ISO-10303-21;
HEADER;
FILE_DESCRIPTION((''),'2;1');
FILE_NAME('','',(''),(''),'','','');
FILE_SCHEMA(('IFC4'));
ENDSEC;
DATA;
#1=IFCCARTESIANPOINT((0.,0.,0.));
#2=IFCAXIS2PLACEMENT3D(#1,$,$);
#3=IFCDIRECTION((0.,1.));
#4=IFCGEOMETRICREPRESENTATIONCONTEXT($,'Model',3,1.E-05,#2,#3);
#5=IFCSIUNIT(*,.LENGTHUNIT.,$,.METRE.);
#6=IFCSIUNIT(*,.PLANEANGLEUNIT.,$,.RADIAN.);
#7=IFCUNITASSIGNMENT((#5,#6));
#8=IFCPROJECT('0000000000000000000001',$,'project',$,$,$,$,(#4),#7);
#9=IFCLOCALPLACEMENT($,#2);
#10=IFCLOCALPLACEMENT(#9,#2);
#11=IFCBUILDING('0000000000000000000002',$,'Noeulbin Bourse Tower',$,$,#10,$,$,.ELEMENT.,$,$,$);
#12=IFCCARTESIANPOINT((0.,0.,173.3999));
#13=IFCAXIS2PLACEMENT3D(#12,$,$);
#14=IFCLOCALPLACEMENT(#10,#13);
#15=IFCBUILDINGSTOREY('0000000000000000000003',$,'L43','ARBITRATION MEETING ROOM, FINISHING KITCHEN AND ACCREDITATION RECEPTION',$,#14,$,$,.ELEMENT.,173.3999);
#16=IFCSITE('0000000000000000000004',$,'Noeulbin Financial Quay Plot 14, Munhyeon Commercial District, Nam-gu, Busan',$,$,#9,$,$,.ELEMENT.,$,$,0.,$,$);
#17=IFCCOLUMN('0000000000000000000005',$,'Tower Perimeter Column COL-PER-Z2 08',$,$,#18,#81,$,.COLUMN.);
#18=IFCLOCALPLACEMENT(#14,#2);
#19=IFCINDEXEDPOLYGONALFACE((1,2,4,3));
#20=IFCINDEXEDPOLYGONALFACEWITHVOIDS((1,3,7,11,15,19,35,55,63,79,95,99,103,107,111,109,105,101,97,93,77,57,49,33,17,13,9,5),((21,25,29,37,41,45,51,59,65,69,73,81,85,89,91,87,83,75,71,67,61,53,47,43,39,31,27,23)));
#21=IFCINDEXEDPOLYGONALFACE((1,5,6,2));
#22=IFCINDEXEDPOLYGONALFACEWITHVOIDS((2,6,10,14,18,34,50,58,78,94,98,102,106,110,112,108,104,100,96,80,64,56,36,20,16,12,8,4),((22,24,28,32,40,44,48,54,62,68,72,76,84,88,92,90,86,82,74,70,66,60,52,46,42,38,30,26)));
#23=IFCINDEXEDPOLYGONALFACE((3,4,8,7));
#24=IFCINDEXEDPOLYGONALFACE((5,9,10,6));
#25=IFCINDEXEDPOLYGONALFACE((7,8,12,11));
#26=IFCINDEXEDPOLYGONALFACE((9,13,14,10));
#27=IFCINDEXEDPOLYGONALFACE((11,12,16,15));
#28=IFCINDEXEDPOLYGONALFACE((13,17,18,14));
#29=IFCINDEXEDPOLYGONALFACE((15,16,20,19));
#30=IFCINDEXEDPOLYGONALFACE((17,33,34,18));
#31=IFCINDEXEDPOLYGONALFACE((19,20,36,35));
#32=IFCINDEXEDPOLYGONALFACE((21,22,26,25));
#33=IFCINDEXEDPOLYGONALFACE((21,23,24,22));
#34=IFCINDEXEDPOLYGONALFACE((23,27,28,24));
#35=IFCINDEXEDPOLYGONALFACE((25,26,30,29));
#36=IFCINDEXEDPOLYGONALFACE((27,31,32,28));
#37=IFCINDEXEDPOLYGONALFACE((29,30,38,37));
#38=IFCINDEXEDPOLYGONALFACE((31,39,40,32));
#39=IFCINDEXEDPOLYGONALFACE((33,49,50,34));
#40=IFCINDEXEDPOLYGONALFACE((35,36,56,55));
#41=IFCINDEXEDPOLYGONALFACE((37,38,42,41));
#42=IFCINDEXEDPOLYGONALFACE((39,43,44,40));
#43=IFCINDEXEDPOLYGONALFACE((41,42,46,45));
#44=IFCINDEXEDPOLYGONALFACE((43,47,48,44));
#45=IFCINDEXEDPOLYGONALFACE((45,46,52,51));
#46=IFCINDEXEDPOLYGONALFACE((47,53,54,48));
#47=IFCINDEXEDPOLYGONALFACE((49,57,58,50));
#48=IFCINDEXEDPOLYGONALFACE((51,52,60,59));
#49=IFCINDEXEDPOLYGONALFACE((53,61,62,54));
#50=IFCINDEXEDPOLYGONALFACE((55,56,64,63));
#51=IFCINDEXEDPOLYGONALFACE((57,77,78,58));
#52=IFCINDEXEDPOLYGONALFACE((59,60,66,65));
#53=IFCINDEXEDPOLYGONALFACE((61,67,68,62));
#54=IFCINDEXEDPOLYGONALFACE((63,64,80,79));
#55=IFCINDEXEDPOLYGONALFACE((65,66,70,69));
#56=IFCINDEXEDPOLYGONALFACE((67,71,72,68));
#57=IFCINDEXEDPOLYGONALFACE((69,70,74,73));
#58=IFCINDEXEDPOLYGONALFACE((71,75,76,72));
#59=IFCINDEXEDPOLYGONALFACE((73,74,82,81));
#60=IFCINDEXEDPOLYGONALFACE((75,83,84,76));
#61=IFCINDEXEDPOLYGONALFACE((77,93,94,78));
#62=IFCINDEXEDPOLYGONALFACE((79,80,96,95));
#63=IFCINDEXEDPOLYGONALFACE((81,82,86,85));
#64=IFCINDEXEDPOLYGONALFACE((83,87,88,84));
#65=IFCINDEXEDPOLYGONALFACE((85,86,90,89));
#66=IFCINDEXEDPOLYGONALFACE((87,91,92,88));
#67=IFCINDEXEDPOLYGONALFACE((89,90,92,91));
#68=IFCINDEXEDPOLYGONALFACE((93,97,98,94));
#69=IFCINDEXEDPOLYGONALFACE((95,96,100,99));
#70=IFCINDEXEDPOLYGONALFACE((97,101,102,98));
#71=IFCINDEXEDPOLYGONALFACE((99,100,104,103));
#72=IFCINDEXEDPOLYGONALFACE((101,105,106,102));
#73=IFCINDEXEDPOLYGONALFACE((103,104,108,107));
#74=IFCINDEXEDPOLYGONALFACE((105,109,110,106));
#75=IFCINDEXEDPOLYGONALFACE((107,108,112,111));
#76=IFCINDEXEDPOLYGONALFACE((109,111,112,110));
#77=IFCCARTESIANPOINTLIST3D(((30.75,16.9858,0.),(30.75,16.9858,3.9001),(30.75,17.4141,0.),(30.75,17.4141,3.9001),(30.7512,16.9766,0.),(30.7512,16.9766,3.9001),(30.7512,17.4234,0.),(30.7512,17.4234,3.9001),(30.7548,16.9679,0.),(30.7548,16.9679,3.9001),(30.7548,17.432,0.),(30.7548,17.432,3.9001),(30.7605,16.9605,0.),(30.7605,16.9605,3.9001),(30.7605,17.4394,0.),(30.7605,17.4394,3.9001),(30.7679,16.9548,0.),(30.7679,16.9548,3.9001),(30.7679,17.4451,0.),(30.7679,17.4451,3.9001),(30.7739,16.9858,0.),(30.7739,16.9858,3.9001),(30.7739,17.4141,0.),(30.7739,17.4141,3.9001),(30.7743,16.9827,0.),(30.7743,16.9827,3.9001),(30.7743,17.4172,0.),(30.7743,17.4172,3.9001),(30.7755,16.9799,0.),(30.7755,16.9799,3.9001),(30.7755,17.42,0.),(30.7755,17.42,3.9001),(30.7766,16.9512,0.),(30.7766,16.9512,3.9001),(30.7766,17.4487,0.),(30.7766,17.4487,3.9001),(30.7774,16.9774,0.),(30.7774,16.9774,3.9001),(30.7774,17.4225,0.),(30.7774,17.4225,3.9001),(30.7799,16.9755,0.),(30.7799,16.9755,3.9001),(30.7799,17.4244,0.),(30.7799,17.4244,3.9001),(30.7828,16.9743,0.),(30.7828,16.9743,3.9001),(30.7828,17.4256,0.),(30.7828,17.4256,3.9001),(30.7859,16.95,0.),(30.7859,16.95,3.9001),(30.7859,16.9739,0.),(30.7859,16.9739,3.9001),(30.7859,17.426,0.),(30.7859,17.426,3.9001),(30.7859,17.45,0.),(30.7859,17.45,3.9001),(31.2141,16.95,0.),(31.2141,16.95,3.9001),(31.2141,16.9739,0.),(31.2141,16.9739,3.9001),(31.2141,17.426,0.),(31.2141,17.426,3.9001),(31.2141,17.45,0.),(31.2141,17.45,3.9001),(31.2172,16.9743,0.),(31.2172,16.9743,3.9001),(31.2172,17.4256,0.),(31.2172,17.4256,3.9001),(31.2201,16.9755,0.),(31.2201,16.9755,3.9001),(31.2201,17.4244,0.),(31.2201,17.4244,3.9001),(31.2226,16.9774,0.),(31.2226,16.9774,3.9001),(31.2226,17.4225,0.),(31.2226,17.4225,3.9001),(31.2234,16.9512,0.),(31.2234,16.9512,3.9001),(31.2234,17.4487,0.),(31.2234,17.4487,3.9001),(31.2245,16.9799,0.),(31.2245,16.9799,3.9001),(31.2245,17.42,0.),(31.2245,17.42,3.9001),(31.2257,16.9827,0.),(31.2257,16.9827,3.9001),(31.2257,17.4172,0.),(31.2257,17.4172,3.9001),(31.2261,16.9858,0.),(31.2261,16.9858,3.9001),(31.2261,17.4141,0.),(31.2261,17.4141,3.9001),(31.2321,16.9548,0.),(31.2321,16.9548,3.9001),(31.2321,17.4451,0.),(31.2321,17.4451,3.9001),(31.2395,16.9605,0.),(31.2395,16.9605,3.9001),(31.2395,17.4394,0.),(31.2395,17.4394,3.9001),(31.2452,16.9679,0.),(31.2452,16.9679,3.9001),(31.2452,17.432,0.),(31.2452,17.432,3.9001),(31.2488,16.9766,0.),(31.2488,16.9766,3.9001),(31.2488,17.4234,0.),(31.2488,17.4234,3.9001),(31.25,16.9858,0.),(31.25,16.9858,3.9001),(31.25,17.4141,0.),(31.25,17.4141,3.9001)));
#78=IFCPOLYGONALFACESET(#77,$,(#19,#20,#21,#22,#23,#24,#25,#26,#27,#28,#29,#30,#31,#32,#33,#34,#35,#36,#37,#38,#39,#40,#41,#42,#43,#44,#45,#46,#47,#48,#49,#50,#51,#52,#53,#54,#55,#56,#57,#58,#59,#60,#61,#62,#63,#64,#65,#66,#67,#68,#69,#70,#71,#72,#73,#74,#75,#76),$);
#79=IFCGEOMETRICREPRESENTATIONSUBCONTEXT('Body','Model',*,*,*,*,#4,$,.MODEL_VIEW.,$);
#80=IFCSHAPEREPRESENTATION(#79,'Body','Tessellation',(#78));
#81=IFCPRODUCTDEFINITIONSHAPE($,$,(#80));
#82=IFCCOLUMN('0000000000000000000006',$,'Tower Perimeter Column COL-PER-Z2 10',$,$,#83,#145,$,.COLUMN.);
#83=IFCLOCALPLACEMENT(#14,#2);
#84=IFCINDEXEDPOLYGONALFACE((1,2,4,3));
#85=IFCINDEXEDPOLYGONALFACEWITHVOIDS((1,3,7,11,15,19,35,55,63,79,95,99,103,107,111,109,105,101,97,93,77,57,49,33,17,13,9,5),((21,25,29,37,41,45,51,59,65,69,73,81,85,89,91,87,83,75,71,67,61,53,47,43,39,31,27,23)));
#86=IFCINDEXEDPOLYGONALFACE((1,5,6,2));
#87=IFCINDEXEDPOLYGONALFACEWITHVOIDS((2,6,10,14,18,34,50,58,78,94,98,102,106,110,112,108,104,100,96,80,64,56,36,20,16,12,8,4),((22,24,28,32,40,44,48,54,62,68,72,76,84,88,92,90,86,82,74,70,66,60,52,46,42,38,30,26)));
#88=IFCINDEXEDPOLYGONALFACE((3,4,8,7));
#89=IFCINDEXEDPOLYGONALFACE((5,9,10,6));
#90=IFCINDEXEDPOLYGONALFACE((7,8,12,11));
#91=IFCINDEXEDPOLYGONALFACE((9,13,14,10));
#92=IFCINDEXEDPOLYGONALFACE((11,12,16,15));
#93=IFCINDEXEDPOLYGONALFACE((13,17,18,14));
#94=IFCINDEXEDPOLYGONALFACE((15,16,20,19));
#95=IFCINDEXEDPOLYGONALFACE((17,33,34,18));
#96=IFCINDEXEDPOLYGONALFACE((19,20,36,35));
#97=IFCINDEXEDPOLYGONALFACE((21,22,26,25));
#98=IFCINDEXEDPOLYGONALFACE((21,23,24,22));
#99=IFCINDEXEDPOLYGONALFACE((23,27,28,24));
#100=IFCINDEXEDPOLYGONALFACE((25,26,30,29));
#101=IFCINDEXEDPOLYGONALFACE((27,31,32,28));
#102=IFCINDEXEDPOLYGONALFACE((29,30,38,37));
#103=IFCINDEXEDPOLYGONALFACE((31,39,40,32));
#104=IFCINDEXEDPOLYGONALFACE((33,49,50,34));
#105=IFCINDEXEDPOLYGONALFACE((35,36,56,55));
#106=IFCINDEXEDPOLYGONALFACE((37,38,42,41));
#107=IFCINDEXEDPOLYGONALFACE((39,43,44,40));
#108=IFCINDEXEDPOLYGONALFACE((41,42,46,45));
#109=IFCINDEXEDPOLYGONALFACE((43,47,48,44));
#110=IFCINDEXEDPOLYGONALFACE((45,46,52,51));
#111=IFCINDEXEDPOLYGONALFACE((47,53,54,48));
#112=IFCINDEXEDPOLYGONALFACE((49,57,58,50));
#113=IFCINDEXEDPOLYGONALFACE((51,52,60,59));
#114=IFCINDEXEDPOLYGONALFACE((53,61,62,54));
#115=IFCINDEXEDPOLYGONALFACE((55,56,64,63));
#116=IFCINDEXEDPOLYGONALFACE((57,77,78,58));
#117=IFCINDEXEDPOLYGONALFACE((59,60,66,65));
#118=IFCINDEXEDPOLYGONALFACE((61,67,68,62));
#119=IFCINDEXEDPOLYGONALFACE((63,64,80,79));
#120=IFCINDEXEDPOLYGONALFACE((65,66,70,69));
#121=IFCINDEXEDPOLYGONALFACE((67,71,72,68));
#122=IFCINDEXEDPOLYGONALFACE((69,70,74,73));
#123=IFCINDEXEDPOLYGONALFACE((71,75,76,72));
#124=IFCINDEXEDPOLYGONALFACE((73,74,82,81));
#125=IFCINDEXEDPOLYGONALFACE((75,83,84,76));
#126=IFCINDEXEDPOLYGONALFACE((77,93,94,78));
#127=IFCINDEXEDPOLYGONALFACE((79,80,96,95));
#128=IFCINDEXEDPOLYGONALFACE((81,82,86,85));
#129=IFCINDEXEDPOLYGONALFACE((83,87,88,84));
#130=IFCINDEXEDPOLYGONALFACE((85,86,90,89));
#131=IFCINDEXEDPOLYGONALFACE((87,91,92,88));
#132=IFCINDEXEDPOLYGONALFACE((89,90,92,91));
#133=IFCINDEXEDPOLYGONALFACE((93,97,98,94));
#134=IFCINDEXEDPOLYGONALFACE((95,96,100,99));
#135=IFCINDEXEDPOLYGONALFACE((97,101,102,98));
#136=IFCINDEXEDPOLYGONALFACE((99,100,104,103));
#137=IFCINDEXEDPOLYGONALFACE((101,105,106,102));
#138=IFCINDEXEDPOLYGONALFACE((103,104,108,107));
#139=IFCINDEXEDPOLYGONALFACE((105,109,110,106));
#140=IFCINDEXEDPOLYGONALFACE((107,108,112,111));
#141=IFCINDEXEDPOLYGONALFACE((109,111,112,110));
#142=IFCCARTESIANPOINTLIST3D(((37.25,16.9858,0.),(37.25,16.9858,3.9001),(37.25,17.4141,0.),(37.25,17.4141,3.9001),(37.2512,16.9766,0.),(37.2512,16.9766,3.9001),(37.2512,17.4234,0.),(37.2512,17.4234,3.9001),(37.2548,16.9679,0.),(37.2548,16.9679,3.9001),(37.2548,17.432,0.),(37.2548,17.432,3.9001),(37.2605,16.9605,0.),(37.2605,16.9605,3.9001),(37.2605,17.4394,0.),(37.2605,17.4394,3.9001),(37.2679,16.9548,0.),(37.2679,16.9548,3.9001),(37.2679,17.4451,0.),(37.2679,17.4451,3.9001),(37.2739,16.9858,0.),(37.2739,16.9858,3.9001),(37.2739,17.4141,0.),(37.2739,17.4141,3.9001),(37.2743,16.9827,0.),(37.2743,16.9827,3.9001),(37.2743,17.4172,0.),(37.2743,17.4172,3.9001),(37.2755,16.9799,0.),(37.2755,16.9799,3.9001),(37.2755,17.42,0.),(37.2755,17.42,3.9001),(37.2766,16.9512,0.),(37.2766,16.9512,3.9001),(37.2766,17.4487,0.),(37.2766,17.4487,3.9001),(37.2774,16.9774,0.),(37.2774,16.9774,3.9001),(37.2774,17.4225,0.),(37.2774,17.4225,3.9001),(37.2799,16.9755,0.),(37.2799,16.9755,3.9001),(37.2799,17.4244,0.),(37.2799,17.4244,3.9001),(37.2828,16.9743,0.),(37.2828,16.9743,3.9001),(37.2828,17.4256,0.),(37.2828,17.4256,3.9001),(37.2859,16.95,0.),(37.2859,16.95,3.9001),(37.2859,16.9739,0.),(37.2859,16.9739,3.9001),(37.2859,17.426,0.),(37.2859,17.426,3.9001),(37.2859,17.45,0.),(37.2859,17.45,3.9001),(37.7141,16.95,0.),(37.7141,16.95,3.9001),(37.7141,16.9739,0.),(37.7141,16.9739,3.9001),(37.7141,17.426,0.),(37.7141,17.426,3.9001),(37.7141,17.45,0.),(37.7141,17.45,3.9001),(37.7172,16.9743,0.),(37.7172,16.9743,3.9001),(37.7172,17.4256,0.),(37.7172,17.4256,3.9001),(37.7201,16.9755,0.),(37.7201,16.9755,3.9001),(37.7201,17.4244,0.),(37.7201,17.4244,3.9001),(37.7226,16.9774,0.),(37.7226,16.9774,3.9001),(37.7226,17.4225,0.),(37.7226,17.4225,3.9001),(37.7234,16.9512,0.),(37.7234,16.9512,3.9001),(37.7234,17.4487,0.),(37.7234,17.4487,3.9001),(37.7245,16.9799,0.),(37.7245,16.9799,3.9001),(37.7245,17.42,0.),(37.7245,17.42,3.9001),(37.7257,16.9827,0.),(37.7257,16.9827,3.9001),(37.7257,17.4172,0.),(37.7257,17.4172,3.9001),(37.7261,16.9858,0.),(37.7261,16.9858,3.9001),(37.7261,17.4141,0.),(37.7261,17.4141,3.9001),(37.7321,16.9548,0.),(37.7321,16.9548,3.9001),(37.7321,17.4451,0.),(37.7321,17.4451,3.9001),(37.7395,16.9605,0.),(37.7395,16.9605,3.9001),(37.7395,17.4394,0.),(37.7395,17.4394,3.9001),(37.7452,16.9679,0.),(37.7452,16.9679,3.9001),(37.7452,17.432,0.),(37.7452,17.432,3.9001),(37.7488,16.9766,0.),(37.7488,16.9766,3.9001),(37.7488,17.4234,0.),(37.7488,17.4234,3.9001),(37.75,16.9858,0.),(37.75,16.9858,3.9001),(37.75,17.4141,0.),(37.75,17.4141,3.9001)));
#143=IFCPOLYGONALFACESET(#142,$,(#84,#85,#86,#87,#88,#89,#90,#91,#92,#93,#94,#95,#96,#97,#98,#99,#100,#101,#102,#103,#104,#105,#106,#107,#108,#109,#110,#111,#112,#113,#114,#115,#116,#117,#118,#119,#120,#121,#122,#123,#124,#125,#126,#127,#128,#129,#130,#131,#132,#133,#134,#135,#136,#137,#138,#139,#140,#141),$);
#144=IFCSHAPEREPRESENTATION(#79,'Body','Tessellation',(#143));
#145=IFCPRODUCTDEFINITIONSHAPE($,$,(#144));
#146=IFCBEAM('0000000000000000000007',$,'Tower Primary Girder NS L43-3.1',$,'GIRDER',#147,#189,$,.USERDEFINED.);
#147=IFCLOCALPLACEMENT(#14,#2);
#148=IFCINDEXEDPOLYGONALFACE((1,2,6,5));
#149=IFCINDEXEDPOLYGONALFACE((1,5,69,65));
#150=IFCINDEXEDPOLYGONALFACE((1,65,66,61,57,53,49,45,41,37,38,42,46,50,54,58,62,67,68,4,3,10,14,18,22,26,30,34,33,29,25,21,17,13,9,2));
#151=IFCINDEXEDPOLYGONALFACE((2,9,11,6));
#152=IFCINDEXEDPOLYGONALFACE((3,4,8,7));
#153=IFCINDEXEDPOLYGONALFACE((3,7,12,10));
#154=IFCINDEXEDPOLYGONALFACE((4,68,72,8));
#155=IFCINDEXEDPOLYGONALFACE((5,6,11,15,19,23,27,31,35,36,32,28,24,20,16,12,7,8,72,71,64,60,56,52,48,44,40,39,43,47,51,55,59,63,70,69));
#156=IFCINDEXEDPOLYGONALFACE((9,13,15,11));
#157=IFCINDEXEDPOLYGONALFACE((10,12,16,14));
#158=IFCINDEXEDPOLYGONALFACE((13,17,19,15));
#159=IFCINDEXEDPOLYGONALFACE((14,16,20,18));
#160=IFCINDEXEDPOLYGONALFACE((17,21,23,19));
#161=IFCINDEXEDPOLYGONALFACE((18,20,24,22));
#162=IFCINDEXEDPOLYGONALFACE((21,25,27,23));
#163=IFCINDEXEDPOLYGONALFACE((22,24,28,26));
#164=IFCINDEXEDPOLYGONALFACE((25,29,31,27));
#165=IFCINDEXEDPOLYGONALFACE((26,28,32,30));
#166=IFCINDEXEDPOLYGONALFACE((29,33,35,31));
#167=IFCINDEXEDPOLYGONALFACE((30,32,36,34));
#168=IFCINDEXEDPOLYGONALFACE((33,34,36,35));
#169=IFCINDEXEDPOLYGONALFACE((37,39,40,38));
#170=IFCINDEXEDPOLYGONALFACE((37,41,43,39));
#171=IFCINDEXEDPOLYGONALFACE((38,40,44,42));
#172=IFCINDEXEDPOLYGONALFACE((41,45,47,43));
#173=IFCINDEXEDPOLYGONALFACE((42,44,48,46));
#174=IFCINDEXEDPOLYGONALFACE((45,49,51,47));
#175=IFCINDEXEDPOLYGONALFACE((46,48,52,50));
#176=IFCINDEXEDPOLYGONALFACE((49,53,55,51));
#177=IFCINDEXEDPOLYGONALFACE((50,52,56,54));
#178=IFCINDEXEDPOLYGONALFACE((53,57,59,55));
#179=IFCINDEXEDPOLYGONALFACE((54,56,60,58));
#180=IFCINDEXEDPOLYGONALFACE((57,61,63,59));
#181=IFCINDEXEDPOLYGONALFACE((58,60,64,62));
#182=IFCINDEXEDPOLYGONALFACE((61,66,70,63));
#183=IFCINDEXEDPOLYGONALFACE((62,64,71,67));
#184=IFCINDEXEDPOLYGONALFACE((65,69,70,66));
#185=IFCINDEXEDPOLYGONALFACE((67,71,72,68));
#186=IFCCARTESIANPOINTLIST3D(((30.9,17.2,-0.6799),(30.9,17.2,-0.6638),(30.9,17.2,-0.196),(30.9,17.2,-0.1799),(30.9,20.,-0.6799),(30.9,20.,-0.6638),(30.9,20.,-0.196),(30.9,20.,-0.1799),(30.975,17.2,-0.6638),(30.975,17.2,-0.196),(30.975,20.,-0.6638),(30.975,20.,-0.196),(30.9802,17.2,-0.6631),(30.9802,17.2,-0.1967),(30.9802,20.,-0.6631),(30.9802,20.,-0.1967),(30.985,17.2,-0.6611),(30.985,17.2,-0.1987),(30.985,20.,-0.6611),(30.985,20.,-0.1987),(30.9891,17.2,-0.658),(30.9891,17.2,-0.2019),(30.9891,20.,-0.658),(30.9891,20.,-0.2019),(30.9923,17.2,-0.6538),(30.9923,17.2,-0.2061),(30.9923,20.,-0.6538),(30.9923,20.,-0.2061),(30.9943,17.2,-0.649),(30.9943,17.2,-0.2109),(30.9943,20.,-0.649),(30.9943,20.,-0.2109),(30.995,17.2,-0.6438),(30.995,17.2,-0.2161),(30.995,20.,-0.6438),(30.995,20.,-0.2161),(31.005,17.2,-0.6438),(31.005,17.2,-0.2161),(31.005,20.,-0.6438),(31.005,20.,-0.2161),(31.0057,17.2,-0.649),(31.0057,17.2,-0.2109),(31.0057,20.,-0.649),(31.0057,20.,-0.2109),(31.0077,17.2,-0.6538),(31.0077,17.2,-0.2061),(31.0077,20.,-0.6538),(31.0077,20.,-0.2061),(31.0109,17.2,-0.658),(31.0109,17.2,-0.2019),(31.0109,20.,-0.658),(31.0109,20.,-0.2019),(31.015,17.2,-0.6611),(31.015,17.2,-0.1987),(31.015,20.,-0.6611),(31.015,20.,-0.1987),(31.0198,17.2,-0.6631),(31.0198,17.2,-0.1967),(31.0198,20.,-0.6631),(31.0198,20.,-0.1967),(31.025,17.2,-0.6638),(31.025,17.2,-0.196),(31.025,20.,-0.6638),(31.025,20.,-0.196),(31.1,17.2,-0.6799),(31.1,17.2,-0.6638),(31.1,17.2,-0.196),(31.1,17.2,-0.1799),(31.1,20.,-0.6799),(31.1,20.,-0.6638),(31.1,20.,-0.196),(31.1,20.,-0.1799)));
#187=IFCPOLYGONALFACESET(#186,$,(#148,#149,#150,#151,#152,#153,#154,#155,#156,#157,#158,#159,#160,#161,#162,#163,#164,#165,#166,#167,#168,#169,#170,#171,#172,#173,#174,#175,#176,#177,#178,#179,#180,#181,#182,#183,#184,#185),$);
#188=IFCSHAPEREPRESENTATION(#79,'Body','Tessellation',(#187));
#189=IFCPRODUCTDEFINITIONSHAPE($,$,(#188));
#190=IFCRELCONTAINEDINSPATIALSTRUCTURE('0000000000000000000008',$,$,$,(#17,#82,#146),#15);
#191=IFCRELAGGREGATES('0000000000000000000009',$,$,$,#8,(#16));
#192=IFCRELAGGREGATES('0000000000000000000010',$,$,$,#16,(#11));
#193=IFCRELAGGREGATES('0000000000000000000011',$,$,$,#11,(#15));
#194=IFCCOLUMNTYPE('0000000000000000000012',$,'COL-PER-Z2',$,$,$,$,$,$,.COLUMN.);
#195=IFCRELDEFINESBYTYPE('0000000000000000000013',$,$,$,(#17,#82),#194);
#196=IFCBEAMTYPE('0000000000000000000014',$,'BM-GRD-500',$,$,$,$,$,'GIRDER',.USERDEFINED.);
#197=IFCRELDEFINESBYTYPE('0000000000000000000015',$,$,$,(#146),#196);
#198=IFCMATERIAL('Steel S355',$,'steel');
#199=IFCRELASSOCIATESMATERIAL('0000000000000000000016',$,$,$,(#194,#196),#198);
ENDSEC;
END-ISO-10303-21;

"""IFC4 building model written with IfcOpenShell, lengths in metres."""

from ifc_helpers import new_model, si_unit, direction, frame, origin, origin_2d, place, context, subcontext, project, spatial, hollow_rectangle, i_section, extrude, material, material_profile, profile_set, type_object, element, save


model = new_model("IFC4")

# Units and contexts
model_context = context("Model", 3, precision=1e-05, world=origin(), true_north=direction((0.0, 1.0)))
body_context = subcontext(model_context, "Body", "Model", "MODEL_VIEW")
ifc_project = project(units=[si_unit("LENGTHUNIT", "METRE"), si_unit("PLANEANGLEUNIT", "RADIAN")], contexts=[model_context])

# Site, building, storey
site_placement = place(None, origin())
site = spatial("IfcSite", under=ifc_project, at=site_placement, Name="Noeulbin Financial Quay Plot 14, Munhyeon Commercial District, Nam-gu, Busan", CompositionType="ELEMENT", RefElevation=0.0)
building_placement = place(site_placement, origin())
building = spatial("IfcBuilding", under=site, at=building_placement, Name="Noeulbin Bourse Tower", CompositionType="ELEMENT")
storey_placement = place(building_placement, frame((0.0, 0.0, 173.3999)))
storey = spatial("IfcBuildingStorey", under=building, at=storey_placement, Name="L43", Description="ARBITRATION MEETING ROOM, FINISHING KITCHEN AND ACCREDITATION RECEPTION", CompositionType="ELEMENT", Elevation=173.3999)

# Columns
ifc_material_1 = material(Name="Steel S355", Category="steel")
ifc_material_profile_1 = material_profile(ifc_material_1, hollow_rectangle(XDim=0.5, YDim=0.5, WallThickness=0.0239, InnerFilletRadius=0.012, OuterFilletRadius=0.0359, at=origin_2d()), Name="BOX-500x500x24", Category="LoadBearing")
ifc_profile_set_1 = profile_set([ifc_material_profile_1], Name="Steel S355")
column_type = type_object("IfcColumnType", Name="COL-PER-Z2", PredefinedType="COLUMN", material=ifc_profile_set_1)
for number, where, z_axis, x_axis, name in (
    (1, (31.0, 17.2, 0.0), (0.0, 0.0, 1.0), (1.0, 0.0, 0.0), "Tower Perimeter Column COL-PER-Z2 08"),
    (2, (37.5, 17.2, 0.0), (0.0, 0.0, 1.0), (1.0, 0.0, 0.0), "Tower Perimeter Column COL-PER-Z2 10"),
):
    element("IfcColumn", number, at=place(storey_placement, frame(where, z_axis=z_axis, x_axis=x_axis)), inside=storey, type_object=column_type, Name=name, PredefinedType="COLUMN", context=body_context, shape_type="SweptSolid", body=[
        extrude(hollow_rectangle(XDim=0.5, YDim=0.5, WallThickness=0.0239, InnerFilletRadius=0.012, OuterFilletRadius=0.0359, at=origin_2d()), origin(), (0.0, 0.0, 1.0), 3.9001),
    ])

# Beam
ifc_material_profile_2 = material_profile(ifc_material_1, i_section(OverallWidth=0.2, OverallDepth=0.5, WebThickness=0.01, FlangeThickness=0.0161, FilletRadius=0.02, at=origin_2d()), Name="H-500x200x10x16", Category="LoadBearing")
ifc_profile_set_2 = profile_set([ifc_material_profile_2], Name="Steel S355")
beam_type_1 = type_object("IfcBeamType", Name="BM-GRD-500", ElementType="GIRDER", PredefinedType="USERDEFINED", material=ifc_profile_set_2)
for number, where, z_axis, x_axis, name in (
    (3, (31.0, 17.2, -0.4299), (0.0, 1.0, 0.0), (-1.0, 0.0, 0.0), "Tower Primary Girder NS L43-3.1"),
):
    element("IfcBeam", number, at=place(storey_placement, frame(where, z_axis=z_axis, x_axis=x_axis)), inside=storey, type_object=beam_type_1, Name=name, ObjectType="GIRDER", PredefinedType="USERDEFINED", context=body_context, shape_type="SweptSolid", body=[
        extrude(i_section(OverallWidth=0.2, OverallDepth=0.5, WebThickness=0.01, FlangeThickness=0.0161, FilletRadius=0.02, at=origin_2d()), origin(), (0.0, 0.0, 1.0), 2.8),
    ])

save(model, "model.ifc")
